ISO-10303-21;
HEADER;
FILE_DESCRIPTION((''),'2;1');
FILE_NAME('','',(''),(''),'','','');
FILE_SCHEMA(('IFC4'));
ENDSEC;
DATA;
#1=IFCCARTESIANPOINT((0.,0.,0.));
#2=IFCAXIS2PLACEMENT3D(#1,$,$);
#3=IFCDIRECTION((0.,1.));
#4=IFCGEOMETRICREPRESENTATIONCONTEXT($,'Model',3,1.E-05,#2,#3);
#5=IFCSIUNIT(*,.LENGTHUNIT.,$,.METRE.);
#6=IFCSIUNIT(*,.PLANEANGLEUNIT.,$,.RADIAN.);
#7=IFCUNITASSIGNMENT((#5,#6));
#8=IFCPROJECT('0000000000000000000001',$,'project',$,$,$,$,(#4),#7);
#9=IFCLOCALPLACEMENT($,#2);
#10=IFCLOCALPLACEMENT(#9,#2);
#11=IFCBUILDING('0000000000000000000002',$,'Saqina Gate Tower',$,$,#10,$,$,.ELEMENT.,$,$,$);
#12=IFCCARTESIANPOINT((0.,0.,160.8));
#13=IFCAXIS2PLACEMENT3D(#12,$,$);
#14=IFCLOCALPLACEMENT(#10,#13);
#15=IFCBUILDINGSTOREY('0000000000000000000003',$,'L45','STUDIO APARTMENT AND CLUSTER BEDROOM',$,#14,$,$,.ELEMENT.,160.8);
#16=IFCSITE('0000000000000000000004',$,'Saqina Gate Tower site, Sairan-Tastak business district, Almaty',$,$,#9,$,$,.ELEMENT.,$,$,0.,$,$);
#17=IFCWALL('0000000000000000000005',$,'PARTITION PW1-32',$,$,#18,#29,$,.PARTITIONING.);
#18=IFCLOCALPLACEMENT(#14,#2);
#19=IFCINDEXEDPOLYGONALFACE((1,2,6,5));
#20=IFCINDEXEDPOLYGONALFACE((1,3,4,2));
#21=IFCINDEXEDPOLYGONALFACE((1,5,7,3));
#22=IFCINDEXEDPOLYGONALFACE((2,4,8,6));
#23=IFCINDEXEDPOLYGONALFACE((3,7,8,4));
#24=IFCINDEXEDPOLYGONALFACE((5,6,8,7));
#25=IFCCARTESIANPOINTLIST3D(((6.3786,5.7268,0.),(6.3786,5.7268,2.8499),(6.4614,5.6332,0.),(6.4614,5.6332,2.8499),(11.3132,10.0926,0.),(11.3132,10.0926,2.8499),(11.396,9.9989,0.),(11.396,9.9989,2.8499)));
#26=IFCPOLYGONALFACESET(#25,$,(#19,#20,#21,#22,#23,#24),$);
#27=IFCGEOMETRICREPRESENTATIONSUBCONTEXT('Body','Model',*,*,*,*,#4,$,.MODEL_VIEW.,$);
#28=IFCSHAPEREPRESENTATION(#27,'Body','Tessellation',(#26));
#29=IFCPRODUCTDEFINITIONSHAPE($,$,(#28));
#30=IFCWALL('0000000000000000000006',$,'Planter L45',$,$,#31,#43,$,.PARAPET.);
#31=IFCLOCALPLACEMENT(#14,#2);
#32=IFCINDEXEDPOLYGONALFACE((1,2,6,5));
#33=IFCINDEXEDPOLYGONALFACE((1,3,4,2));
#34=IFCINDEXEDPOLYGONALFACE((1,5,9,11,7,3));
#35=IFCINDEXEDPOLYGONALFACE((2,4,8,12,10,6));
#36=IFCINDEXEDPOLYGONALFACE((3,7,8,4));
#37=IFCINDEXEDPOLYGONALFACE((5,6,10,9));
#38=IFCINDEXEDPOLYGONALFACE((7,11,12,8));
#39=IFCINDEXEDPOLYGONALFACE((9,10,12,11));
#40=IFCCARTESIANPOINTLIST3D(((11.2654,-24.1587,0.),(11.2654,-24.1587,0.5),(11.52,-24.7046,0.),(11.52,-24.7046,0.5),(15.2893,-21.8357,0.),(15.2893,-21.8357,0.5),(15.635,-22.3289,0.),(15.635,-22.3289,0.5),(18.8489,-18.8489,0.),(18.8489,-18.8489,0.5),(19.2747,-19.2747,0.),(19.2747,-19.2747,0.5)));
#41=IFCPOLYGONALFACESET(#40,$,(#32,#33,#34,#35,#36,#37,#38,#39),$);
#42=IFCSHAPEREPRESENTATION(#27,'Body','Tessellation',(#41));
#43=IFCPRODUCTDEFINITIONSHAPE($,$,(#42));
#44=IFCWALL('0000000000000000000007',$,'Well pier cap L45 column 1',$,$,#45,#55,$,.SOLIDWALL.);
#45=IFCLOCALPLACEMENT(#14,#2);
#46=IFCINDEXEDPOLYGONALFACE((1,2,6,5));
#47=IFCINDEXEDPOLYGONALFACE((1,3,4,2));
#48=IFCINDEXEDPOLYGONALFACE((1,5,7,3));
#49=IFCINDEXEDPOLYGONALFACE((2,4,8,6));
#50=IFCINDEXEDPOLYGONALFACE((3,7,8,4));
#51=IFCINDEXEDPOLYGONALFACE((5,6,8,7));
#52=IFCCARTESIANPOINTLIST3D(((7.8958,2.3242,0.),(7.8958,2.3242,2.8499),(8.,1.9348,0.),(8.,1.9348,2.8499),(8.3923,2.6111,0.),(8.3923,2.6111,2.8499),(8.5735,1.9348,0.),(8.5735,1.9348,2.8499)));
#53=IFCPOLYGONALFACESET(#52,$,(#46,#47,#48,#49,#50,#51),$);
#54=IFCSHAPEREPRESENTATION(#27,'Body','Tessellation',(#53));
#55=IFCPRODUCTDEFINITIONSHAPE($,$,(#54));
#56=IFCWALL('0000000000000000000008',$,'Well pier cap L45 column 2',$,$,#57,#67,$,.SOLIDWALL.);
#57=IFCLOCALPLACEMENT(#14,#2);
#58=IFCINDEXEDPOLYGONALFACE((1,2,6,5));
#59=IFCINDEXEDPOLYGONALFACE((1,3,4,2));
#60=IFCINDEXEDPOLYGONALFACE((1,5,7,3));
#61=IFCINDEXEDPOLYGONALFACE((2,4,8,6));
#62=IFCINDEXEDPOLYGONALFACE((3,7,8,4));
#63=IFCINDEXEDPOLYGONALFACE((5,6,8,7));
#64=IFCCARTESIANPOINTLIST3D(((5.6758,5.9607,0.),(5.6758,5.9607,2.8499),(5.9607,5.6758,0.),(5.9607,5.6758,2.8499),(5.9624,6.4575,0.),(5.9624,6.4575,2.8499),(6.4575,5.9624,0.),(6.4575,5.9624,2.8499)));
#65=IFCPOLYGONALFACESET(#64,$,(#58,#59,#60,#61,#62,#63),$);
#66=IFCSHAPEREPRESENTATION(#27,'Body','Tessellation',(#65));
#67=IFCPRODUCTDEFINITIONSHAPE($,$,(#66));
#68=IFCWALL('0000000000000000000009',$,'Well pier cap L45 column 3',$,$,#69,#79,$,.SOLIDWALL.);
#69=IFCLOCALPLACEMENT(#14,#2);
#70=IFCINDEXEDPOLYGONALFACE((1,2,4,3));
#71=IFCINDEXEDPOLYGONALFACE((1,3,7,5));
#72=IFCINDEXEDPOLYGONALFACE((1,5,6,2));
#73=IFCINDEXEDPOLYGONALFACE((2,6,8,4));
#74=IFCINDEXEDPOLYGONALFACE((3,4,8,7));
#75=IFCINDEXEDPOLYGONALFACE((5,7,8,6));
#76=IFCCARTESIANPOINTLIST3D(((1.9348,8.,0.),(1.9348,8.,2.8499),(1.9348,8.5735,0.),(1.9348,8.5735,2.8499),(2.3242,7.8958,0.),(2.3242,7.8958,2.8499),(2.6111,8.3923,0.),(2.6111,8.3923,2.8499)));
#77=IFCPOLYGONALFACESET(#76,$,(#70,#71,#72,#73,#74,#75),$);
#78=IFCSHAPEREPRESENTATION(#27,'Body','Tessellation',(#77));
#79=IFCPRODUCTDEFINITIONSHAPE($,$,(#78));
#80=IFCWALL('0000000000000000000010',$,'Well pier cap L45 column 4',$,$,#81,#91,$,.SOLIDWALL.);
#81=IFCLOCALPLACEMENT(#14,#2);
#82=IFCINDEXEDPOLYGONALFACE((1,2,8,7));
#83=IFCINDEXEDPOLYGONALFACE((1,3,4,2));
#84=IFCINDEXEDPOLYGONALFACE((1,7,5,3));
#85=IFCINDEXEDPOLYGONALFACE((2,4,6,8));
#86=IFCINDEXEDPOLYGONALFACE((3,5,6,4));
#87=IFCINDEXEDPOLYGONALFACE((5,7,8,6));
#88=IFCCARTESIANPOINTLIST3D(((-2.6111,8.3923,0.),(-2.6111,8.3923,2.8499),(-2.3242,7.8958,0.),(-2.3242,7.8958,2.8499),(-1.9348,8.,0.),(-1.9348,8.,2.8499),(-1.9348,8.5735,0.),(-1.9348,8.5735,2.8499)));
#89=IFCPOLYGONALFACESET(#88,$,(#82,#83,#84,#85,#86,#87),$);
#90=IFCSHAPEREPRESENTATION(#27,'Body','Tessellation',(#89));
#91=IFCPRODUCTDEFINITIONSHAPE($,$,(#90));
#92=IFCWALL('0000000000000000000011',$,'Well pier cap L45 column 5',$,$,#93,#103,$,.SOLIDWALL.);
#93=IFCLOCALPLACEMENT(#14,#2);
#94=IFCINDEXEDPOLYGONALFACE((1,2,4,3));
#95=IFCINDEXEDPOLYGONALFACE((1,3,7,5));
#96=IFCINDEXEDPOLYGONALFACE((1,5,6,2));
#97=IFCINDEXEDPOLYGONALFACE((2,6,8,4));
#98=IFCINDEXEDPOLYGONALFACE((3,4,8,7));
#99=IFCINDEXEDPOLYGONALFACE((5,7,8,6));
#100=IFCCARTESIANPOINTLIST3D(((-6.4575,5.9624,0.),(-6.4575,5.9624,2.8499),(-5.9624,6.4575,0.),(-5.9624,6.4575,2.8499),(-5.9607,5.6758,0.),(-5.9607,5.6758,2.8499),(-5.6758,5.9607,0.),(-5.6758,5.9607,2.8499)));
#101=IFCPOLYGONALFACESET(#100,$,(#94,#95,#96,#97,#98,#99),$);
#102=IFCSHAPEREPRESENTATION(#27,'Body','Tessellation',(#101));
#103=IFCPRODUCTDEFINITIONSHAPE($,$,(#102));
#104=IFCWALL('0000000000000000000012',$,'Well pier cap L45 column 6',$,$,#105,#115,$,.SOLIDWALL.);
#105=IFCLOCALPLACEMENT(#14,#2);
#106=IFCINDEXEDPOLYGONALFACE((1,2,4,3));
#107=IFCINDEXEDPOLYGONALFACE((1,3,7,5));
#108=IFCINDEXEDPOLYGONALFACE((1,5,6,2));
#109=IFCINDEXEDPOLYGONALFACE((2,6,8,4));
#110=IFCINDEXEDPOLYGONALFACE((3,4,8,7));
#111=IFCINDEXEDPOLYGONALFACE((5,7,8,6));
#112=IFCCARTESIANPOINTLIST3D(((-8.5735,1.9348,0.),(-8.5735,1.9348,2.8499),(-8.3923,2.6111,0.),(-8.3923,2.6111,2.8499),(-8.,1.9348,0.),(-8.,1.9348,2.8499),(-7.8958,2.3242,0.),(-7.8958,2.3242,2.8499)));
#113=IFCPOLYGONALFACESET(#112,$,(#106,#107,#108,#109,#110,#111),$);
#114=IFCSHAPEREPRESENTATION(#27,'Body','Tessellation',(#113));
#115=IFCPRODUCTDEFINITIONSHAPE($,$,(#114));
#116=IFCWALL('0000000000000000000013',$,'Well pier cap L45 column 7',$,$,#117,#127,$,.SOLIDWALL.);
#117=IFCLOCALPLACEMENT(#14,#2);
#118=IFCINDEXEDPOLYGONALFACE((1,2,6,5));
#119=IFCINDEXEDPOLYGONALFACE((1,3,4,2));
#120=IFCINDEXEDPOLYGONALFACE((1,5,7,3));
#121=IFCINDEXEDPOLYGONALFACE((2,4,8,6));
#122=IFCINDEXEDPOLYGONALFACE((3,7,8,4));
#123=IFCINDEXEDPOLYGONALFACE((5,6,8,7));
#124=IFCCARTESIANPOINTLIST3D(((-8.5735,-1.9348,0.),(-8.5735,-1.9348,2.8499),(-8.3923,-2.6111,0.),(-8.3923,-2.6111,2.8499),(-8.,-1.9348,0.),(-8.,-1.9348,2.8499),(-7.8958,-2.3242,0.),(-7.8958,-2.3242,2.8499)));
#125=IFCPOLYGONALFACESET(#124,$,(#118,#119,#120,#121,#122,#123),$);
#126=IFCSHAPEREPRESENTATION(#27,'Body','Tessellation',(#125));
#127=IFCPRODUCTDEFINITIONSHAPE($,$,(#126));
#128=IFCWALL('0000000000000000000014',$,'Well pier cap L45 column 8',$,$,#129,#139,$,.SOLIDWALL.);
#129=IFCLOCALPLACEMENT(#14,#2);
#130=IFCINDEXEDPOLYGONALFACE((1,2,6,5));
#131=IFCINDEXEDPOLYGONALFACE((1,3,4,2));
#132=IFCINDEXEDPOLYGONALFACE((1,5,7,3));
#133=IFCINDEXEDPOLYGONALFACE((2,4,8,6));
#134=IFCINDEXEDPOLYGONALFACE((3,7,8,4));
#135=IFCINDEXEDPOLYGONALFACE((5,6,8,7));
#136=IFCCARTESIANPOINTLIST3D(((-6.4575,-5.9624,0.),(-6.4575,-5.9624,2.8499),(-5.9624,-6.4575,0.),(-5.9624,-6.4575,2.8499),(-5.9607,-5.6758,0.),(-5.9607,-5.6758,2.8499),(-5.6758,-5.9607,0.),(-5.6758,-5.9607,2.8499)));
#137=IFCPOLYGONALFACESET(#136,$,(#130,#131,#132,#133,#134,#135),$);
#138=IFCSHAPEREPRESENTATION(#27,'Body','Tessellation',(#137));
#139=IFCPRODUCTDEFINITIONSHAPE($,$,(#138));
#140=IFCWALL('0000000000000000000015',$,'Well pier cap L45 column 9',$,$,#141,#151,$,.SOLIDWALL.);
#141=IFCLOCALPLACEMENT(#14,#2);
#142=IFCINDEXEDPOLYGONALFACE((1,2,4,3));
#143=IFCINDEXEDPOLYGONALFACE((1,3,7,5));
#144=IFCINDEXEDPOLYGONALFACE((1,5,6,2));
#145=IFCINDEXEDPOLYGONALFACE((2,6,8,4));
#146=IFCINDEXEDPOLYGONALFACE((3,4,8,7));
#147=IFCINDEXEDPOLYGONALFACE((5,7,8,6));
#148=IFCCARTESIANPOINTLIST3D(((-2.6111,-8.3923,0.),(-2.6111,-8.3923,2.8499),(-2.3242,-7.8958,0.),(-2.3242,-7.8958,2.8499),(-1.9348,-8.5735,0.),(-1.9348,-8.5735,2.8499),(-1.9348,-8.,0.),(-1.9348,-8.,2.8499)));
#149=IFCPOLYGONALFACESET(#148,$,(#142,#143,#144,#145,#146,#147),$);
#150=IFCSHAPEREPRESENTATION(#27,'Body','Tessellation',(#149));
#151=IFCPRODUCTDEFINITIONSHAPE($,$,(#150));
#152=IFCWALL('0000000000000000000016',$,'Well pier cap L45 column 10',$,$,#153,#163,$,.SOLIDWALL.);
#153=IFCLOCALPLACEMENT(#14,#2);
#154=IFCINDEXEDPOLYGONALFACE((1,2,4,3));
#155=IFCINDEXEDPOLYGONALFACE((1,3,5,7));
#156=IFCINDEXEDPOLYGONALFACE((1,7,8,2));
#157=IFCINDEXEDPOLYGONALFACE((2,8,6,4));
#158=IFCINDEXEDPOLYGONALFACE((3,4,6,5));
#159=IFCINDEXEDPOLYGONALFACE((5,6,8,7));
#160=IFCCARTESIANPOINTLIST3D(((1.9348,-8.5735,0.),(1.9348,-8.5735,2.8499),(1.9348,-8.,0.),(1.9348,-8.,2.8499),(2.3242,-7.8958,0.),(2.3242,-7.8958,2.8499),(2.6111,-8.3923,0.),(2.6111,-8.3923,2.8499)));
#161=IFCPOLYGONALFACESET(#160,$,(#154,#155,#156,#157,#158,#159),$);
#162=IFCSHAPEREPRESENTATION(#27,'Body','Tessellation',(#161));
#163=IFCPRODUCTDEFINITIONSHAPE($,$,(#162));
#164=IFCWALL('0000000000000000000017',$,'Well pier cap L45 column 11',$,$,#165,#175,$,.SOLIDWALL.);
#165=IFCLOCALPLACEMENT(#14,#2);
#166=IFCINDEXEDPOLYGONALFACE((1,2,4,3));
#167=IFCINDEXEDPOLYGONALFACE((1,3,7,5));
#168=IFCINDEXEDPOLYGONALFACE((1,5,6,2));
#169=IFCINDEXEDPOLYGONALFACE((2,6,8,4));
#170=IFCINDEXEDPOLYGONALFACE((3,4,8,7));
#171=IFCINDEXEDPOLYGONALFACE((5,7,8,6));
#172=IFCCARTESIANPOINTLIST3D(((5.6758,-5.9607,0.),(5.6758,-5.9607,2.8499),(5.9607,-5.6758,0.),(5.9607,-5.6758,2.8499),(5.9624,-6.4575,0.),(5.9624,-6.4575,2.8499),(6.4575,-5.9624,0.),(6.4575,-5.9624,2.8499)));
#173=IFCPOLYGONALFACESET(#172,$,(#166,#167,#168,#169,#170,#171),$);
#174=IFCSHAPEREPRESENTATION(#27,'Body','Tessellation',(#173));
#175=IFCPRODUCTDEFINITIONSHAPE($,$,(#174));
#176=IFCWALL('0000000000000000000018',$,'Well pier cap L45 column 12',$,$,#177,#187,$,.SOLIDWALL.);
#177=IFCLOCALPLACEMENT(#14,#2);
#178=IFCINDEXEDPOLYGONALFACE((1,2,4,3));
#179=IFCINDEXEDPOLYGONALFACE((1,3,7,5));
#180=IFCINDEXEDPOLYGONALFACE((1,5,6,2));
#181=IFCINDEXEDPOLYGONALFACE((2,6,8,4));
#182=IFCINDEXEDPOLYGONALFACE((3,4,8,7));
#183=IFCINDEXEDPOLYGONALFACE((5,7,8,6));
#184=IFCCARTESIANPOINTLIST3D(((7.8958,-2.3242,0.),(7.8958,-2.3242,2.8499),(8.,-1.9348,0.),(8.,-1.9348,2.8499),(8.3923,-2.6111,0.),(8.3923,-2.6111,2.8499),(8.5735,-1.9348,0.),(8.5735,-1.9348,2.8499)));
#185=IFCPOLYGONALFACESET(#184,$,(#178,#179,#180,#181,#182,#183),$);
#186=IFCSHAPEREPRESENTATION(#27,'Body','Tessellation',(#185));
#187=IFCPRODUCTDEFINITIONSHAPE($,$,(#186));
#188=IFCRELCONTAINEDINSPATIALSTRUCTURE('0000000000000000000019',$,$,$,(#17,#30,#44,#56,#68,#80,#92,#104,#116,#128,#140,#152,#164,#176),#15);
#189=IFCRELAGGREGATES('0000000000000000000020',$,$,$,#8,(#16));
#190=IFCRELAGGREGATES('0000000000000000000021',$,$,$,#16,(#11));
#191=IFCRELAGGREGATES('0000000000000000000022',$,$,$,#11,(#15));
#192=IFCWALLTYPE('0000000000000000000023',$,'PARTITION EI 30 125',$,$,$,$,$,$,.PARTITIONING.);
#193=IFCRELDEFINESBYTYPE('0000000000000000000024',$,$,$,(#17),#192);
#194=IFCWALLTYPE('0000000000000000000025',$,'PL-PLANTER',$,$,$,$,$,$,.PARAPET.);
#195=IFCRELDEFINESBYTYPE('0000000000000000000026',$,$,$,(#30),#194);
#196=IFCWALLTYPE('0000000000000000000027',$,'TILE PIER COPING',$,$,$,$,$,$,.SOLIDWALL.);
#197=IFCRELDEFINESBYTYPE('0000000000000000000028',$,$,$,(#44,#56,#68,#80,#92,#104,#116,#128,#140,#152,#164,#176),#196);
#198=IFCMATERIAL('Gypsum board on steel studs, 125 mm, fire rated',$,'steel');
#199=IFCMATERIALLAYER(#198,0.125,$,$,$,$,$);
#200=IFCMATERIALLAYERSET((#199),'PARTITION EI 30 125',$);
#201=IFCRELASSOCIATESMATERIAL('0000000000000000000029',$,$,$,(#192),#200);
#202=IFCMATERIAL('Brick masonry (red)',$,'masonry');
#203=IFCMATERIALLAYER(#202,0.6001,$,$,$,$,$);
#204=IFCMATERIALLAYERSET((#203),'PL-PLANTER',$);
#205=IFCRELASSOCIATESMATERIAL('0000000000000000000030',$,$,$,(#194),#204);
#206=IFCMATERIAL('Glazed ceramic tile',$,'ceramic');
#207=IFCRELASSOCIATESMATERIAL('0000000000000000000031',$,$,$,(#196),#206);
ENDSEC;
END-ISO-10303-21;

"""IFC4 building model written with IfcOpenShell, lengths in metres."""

from ifc_helpers import new_model, si_unit, direction, frame, frame_2d, origin, place, context, subcontext, project, spatial, polyline, rectangle, outline, extrude, material, layer, layer_set, type_object, element, save


model = new_model("IFC4")

# Units and contexts
model_context = context("Model", 3, precision=1e-05, world=origin(), true_north=direction((0.0, 1.0)))
body_context = subcontext(model_context, "Body", "Model", "MODEL_VIEW")
ifc_project = project(units=[si_unit("LENGTHUNIT", "METRE"), si_unit("PLANEANGLEUNIT", "RADIAN")], contexts=[model_context])

# Site, building, storey
site_placement = place(None, origin())
site = spatial("IfcSite", under=ifc_project, at=site_placement, Name="Saqina Gate Tower site, Sairan-Tastak business district, Almaty", CompositionType="ELEMENT", RefElevation=0.0)
building_placement = place(site_placement, origin())
building = spatial("IfcBuilding", under=site, at=building_placement, Name="Saqina Gate Tower", CompositionType="ELEMENT")
storey_placement = place(building_placement, frame((0.0, 0.0, 160.8)))
storey = spatial("IfcBuildingStorey", under=building, at=storey_placement, Name="L45", Description="STUDIO APARTMENT AND CLUSTER BEDROOM", CompositionType="ELEMENT", Elevation=160.8)

# Walls
ifc_material_1 = material(Name="Gypsum board on steel studs, 125 mm, fire rated", Category="steel")
ifc_layer_1 = layer(ifc_material_1, 0.125)
ifc_layer_set_1 = layer_set([ifc_layer_1], Name="PARTITION EI 30 125")
wall_type_1 = type_object("IfcWallType", Name="PARTITION EI 30 125", PredefinedType="PARTITIONING", material=ifc_layer_set_1)
wall_1_placement = place(storey_placement, frame((6.4199, 5.6799, 0.0), z_axis=(0.0, 0.0, 1.0), x_axis=(0.748957, 0.662619, 0.0)))
element("IfcWall", 1, at=wall_1_placement, inside=storey, type_object=wall_type_1, Name="PARTITION PW1-32", PredefinedType="PARTITIONING", context=body_context, shape_type="SweptSolid", body=[
    extrude(rectangle(XDim=6.5886, YDim=0.125, at=frame_2d((3.2944, 0.0))), origin(), (0.0, 0.0, 1.0), 2.8499),
])
ifc_material_2 = material(Name="Brick masonry (red)", Category="masonry")
ifc_layer_2 = layer(ifc_material_2, 0.6001)
ifc_layer_set_2 = layer_set([ifc_layer_2], Name="PL-PLANTER")
wall_type_2 = type_object("IfcWallType", Name="PL-PLANTER", PredefinedType="PARAPET", material=ifc_layer_set_2)
wall_2_placement = place(storey_placement, origin())
element("IfcWall", 2, at=wall_2_placement, inside=storey, type_object=wall_type_2, Name="Planter L45", PredefinedType="PARAPET", context=body_context, shape_type="SweptSolid", body=[
    extrude(outline(polyline([(11.52, -24.7046), (15.635, -22.3289), (19.2747, -19.2747), (18.8489, -18.8489), (15.2893, -21.8357), (11.2654, -24.1587), (11.52, -24.7046)])), origin(), (0.0, 0.0, 1.0), 0.5),
])
ifc_material_3 = material(Name="Glazed ceramic tile", Category="ceramic")
wall_type_3 = type_object("IfcWallType", Name="TILE PIER COPING", PredefinedType="SOLIDWALL", material=ifc_material_3)
wall_3_placement = place(storey_placement, origin())
element("IfcWall", 3, at=wall_3_placement, inside=storey, type_object=wall_type_3, Name="Well pier cap L45 column 1", PredefinedType="SOLIDWALL", context=body_context, shape_type="SweptSolid", body=[
    extrude(outline(polyline([(8.3923, 2.6111), (7.8958, 2.3242), (8.0, 1.9348), (8.5735, 1.9348), (8.3923, 2.6111)])), origin(), (0.0, 0.0, 1.0), 2.8499),
])
wall_4_placement = place(storey_placement, origin())
element("IfcWall", 4, at=wall_4_placement, inside=storey, type_object=wall_type_3, Name="Well pier cap L45 column 2", PredefinedType="SOLIDWALL", context=body_context, shape_type="SweptSolid", body=[
    extrude(outline(polyline([(5.9624, 6.4575), (5.6758, 5.9607), (5.9607, 5.6758), (6.4575, 5.9624), (5.9624, 6.4575)])), origin(), (0.0, 0.0, 1.0), 2.8499),
])
wall_5_placement = place(storey_placement, origin())
element("IfcWall", 5, at=wall_5_placement, inside=storey, type_object=wall_type_3, Name="Well pier cap L45 column 3", PredefinedType="SOLIDWALL", context=body_context, shape_type="SweptSolid", body=[
    extrude(outline(polyline([(1.9348, 8.5735), (1.9348, 8.0), (2.3242, 7.8958), (2.6111, 8.3923), (1.9348, 8.5735)])), origin(), (0.0, 0.0, 1.0), 2.8499),
])
wall_6_placement = place(storey_placement, origin())
element("IfcWall", 6, at=wall_6_placement, inside=storey, type_object=wall_type_3, Name="Well pier cap L45 column 4", PredefinedType="SOLIDWALL", context=body_context, shape_type="SweptSolid", body=[
    extrude(outline(polyline([(-1.9348, 8.0), (-1.9348, 8.5735), (-2.6111, 8.3923), (-2.3242, 7.8958), (-1.9348, 8.0)])), origin(), (0.0, 0.0, 1.0), 2.8499),
])
wall_7_placement = place(storey_placement, origin())
element("IfcWall", 7, at=wall_7_placement, inside=storey, type_object=wall_type_3, Name="Well pier cap L45 column 5", PredefinedType="SOLIDWALL", context=body_context, shape_type="SweptSolid", body=[
    extrude(outline(polyline([(-6.4575, 5.9624), (-5.9607, 5.6758), (-5.6758, 5.9607), (-5.9624, 6.4575), (-6.4575, 5.9624)])), origin(), (0.0, 0.0, 1.0), 2.8499),
])
wall_8_placement = place(storey_placement, origin())
element("IfcWall", 8, at=wall_8_placement, inside=storey, type_object=wall_type_3, Name="Well pier cap L45 column 6", PredefinedType="SOLIDWALL", context=body_context, shape_type="SweptSolid", body=[
    extrude(outline(polyline([(-8.5735, 1.9348), (-8.0, 1.9348), (-7.8958, 2.3242), (-8.3923, 2.6111), (-8.5735, 1.9348)])), origin(), (0.0, 0.0, 1.0), 2.8499),
])
wall_9_placement = place(storey_placement, origin())
element("IfcWall", 9, at=wall_9_placement, inside=storey, type_object=wall_type_3, Name="Well pier cap L45 column 7", PredefinedType="SOLIDWALL", context=body_context, shape_type="SweptSolid", body=[
    extrude(outline(polyline([(-8.0, -1.9348), (-8.5735, -1.9348), (-8.3923, -2.6111), (-7.8958, -2.3242), (-8.0, -1.9348)])), origin(), (0.0, 0.0, 1.0), 2.8499),
])
wall_10_placement = place(storey_placement, origin())
element("IfcWall", 10, at=wall_10_placement, inside=storey, type_object=wall_type_3, Name="Well pier cap L45 column 8", PredefinedType="SOLIDWALL", context=body_context, shape_type="SweptSolid", body=[
    extrude(outline(polyline([(-6.4575, -5.9624), (-5.9624, -6.4575), (-5.6758, -5.9607), (-5.9607, -5.6758), (-6.4575, -5.9624)])), origin(), (0.0, 0.0, 1.0), 2.8499),
])
wall_11_placement = place(storey_placement, origin())
element("IfcWall", 11, at=wall_11_placement, inside=storey, type_object=wall_type_3, Name="Well pier cap L45 column 9", PredefinedType="SOLIDWALL", context=body_context, shape_type="SweptSolid", body=[
    extrude(outline(polyline([(-1.9348, -8.5735), (-1.9348, -8.0), (-2.3242, -7.8958), (-2.6111, -8.3923), (-1.9348, -8.5735)])), origin(), (0.0, 0.0, 1.0), 2.8499),
])
wall_12_placement = place(storey_placement, origin())
element("IfcWall", 12, at=wall_12_placement, inside=storey, type_object=wall_type_3, Name="Well pier cap L45 column 10", PredefinedType="SOLIDWALL", context=body_context, shape_type="SweptSolid", body=[
    extrude(outline(polyline([(2.6111, -8.3923), (2.3242, -7.8958), (1.9348, -8.0), (1.9348, -8.5735), (2.6111, -8.3923)])), origin(), (0.0, 0.0, 1.0), 2.8499),
])
wall_13_placement = place(storey_placement, origin())
element("IfcWall", 13, at=wall_13_placement, inside=storey, type_object=wall_type_3, Name="Well pier cap L45 column 11", PredefinedType="SOLIDWALL", context=body_context, shape_type="SweptSolid", body=[
    extrude(outline(polyline([(5.9624, -6.4575), (6.4575, -5.9624), (5.9607, -5.6758), (5.6758, -5.9607), (5.9624, -6.4575)])), origin(), (0.0, 0.0, 1.0), 2.8499),
])
wall_14_placement = place(storey_placement, origin())
element("IfcWall", 14, at=wall_14_placement, inside=storey, type_object=wall_type_3, Name="Well pier cap L45 column 12", PredefinedType="SOLIDWALL", context=body_context, shape_type="SweptSolid", body=[
    extrude(outline(polyline([(8.5735, -1.9348), (8.0, -1.9348), (7.8958, -2.3242), (8.3923, -2.6111), (8.5735, -1.9348)])), origin(), (0.0, 0.0, 1.0), 2.8499),
])

save(model, "model.ifc")
